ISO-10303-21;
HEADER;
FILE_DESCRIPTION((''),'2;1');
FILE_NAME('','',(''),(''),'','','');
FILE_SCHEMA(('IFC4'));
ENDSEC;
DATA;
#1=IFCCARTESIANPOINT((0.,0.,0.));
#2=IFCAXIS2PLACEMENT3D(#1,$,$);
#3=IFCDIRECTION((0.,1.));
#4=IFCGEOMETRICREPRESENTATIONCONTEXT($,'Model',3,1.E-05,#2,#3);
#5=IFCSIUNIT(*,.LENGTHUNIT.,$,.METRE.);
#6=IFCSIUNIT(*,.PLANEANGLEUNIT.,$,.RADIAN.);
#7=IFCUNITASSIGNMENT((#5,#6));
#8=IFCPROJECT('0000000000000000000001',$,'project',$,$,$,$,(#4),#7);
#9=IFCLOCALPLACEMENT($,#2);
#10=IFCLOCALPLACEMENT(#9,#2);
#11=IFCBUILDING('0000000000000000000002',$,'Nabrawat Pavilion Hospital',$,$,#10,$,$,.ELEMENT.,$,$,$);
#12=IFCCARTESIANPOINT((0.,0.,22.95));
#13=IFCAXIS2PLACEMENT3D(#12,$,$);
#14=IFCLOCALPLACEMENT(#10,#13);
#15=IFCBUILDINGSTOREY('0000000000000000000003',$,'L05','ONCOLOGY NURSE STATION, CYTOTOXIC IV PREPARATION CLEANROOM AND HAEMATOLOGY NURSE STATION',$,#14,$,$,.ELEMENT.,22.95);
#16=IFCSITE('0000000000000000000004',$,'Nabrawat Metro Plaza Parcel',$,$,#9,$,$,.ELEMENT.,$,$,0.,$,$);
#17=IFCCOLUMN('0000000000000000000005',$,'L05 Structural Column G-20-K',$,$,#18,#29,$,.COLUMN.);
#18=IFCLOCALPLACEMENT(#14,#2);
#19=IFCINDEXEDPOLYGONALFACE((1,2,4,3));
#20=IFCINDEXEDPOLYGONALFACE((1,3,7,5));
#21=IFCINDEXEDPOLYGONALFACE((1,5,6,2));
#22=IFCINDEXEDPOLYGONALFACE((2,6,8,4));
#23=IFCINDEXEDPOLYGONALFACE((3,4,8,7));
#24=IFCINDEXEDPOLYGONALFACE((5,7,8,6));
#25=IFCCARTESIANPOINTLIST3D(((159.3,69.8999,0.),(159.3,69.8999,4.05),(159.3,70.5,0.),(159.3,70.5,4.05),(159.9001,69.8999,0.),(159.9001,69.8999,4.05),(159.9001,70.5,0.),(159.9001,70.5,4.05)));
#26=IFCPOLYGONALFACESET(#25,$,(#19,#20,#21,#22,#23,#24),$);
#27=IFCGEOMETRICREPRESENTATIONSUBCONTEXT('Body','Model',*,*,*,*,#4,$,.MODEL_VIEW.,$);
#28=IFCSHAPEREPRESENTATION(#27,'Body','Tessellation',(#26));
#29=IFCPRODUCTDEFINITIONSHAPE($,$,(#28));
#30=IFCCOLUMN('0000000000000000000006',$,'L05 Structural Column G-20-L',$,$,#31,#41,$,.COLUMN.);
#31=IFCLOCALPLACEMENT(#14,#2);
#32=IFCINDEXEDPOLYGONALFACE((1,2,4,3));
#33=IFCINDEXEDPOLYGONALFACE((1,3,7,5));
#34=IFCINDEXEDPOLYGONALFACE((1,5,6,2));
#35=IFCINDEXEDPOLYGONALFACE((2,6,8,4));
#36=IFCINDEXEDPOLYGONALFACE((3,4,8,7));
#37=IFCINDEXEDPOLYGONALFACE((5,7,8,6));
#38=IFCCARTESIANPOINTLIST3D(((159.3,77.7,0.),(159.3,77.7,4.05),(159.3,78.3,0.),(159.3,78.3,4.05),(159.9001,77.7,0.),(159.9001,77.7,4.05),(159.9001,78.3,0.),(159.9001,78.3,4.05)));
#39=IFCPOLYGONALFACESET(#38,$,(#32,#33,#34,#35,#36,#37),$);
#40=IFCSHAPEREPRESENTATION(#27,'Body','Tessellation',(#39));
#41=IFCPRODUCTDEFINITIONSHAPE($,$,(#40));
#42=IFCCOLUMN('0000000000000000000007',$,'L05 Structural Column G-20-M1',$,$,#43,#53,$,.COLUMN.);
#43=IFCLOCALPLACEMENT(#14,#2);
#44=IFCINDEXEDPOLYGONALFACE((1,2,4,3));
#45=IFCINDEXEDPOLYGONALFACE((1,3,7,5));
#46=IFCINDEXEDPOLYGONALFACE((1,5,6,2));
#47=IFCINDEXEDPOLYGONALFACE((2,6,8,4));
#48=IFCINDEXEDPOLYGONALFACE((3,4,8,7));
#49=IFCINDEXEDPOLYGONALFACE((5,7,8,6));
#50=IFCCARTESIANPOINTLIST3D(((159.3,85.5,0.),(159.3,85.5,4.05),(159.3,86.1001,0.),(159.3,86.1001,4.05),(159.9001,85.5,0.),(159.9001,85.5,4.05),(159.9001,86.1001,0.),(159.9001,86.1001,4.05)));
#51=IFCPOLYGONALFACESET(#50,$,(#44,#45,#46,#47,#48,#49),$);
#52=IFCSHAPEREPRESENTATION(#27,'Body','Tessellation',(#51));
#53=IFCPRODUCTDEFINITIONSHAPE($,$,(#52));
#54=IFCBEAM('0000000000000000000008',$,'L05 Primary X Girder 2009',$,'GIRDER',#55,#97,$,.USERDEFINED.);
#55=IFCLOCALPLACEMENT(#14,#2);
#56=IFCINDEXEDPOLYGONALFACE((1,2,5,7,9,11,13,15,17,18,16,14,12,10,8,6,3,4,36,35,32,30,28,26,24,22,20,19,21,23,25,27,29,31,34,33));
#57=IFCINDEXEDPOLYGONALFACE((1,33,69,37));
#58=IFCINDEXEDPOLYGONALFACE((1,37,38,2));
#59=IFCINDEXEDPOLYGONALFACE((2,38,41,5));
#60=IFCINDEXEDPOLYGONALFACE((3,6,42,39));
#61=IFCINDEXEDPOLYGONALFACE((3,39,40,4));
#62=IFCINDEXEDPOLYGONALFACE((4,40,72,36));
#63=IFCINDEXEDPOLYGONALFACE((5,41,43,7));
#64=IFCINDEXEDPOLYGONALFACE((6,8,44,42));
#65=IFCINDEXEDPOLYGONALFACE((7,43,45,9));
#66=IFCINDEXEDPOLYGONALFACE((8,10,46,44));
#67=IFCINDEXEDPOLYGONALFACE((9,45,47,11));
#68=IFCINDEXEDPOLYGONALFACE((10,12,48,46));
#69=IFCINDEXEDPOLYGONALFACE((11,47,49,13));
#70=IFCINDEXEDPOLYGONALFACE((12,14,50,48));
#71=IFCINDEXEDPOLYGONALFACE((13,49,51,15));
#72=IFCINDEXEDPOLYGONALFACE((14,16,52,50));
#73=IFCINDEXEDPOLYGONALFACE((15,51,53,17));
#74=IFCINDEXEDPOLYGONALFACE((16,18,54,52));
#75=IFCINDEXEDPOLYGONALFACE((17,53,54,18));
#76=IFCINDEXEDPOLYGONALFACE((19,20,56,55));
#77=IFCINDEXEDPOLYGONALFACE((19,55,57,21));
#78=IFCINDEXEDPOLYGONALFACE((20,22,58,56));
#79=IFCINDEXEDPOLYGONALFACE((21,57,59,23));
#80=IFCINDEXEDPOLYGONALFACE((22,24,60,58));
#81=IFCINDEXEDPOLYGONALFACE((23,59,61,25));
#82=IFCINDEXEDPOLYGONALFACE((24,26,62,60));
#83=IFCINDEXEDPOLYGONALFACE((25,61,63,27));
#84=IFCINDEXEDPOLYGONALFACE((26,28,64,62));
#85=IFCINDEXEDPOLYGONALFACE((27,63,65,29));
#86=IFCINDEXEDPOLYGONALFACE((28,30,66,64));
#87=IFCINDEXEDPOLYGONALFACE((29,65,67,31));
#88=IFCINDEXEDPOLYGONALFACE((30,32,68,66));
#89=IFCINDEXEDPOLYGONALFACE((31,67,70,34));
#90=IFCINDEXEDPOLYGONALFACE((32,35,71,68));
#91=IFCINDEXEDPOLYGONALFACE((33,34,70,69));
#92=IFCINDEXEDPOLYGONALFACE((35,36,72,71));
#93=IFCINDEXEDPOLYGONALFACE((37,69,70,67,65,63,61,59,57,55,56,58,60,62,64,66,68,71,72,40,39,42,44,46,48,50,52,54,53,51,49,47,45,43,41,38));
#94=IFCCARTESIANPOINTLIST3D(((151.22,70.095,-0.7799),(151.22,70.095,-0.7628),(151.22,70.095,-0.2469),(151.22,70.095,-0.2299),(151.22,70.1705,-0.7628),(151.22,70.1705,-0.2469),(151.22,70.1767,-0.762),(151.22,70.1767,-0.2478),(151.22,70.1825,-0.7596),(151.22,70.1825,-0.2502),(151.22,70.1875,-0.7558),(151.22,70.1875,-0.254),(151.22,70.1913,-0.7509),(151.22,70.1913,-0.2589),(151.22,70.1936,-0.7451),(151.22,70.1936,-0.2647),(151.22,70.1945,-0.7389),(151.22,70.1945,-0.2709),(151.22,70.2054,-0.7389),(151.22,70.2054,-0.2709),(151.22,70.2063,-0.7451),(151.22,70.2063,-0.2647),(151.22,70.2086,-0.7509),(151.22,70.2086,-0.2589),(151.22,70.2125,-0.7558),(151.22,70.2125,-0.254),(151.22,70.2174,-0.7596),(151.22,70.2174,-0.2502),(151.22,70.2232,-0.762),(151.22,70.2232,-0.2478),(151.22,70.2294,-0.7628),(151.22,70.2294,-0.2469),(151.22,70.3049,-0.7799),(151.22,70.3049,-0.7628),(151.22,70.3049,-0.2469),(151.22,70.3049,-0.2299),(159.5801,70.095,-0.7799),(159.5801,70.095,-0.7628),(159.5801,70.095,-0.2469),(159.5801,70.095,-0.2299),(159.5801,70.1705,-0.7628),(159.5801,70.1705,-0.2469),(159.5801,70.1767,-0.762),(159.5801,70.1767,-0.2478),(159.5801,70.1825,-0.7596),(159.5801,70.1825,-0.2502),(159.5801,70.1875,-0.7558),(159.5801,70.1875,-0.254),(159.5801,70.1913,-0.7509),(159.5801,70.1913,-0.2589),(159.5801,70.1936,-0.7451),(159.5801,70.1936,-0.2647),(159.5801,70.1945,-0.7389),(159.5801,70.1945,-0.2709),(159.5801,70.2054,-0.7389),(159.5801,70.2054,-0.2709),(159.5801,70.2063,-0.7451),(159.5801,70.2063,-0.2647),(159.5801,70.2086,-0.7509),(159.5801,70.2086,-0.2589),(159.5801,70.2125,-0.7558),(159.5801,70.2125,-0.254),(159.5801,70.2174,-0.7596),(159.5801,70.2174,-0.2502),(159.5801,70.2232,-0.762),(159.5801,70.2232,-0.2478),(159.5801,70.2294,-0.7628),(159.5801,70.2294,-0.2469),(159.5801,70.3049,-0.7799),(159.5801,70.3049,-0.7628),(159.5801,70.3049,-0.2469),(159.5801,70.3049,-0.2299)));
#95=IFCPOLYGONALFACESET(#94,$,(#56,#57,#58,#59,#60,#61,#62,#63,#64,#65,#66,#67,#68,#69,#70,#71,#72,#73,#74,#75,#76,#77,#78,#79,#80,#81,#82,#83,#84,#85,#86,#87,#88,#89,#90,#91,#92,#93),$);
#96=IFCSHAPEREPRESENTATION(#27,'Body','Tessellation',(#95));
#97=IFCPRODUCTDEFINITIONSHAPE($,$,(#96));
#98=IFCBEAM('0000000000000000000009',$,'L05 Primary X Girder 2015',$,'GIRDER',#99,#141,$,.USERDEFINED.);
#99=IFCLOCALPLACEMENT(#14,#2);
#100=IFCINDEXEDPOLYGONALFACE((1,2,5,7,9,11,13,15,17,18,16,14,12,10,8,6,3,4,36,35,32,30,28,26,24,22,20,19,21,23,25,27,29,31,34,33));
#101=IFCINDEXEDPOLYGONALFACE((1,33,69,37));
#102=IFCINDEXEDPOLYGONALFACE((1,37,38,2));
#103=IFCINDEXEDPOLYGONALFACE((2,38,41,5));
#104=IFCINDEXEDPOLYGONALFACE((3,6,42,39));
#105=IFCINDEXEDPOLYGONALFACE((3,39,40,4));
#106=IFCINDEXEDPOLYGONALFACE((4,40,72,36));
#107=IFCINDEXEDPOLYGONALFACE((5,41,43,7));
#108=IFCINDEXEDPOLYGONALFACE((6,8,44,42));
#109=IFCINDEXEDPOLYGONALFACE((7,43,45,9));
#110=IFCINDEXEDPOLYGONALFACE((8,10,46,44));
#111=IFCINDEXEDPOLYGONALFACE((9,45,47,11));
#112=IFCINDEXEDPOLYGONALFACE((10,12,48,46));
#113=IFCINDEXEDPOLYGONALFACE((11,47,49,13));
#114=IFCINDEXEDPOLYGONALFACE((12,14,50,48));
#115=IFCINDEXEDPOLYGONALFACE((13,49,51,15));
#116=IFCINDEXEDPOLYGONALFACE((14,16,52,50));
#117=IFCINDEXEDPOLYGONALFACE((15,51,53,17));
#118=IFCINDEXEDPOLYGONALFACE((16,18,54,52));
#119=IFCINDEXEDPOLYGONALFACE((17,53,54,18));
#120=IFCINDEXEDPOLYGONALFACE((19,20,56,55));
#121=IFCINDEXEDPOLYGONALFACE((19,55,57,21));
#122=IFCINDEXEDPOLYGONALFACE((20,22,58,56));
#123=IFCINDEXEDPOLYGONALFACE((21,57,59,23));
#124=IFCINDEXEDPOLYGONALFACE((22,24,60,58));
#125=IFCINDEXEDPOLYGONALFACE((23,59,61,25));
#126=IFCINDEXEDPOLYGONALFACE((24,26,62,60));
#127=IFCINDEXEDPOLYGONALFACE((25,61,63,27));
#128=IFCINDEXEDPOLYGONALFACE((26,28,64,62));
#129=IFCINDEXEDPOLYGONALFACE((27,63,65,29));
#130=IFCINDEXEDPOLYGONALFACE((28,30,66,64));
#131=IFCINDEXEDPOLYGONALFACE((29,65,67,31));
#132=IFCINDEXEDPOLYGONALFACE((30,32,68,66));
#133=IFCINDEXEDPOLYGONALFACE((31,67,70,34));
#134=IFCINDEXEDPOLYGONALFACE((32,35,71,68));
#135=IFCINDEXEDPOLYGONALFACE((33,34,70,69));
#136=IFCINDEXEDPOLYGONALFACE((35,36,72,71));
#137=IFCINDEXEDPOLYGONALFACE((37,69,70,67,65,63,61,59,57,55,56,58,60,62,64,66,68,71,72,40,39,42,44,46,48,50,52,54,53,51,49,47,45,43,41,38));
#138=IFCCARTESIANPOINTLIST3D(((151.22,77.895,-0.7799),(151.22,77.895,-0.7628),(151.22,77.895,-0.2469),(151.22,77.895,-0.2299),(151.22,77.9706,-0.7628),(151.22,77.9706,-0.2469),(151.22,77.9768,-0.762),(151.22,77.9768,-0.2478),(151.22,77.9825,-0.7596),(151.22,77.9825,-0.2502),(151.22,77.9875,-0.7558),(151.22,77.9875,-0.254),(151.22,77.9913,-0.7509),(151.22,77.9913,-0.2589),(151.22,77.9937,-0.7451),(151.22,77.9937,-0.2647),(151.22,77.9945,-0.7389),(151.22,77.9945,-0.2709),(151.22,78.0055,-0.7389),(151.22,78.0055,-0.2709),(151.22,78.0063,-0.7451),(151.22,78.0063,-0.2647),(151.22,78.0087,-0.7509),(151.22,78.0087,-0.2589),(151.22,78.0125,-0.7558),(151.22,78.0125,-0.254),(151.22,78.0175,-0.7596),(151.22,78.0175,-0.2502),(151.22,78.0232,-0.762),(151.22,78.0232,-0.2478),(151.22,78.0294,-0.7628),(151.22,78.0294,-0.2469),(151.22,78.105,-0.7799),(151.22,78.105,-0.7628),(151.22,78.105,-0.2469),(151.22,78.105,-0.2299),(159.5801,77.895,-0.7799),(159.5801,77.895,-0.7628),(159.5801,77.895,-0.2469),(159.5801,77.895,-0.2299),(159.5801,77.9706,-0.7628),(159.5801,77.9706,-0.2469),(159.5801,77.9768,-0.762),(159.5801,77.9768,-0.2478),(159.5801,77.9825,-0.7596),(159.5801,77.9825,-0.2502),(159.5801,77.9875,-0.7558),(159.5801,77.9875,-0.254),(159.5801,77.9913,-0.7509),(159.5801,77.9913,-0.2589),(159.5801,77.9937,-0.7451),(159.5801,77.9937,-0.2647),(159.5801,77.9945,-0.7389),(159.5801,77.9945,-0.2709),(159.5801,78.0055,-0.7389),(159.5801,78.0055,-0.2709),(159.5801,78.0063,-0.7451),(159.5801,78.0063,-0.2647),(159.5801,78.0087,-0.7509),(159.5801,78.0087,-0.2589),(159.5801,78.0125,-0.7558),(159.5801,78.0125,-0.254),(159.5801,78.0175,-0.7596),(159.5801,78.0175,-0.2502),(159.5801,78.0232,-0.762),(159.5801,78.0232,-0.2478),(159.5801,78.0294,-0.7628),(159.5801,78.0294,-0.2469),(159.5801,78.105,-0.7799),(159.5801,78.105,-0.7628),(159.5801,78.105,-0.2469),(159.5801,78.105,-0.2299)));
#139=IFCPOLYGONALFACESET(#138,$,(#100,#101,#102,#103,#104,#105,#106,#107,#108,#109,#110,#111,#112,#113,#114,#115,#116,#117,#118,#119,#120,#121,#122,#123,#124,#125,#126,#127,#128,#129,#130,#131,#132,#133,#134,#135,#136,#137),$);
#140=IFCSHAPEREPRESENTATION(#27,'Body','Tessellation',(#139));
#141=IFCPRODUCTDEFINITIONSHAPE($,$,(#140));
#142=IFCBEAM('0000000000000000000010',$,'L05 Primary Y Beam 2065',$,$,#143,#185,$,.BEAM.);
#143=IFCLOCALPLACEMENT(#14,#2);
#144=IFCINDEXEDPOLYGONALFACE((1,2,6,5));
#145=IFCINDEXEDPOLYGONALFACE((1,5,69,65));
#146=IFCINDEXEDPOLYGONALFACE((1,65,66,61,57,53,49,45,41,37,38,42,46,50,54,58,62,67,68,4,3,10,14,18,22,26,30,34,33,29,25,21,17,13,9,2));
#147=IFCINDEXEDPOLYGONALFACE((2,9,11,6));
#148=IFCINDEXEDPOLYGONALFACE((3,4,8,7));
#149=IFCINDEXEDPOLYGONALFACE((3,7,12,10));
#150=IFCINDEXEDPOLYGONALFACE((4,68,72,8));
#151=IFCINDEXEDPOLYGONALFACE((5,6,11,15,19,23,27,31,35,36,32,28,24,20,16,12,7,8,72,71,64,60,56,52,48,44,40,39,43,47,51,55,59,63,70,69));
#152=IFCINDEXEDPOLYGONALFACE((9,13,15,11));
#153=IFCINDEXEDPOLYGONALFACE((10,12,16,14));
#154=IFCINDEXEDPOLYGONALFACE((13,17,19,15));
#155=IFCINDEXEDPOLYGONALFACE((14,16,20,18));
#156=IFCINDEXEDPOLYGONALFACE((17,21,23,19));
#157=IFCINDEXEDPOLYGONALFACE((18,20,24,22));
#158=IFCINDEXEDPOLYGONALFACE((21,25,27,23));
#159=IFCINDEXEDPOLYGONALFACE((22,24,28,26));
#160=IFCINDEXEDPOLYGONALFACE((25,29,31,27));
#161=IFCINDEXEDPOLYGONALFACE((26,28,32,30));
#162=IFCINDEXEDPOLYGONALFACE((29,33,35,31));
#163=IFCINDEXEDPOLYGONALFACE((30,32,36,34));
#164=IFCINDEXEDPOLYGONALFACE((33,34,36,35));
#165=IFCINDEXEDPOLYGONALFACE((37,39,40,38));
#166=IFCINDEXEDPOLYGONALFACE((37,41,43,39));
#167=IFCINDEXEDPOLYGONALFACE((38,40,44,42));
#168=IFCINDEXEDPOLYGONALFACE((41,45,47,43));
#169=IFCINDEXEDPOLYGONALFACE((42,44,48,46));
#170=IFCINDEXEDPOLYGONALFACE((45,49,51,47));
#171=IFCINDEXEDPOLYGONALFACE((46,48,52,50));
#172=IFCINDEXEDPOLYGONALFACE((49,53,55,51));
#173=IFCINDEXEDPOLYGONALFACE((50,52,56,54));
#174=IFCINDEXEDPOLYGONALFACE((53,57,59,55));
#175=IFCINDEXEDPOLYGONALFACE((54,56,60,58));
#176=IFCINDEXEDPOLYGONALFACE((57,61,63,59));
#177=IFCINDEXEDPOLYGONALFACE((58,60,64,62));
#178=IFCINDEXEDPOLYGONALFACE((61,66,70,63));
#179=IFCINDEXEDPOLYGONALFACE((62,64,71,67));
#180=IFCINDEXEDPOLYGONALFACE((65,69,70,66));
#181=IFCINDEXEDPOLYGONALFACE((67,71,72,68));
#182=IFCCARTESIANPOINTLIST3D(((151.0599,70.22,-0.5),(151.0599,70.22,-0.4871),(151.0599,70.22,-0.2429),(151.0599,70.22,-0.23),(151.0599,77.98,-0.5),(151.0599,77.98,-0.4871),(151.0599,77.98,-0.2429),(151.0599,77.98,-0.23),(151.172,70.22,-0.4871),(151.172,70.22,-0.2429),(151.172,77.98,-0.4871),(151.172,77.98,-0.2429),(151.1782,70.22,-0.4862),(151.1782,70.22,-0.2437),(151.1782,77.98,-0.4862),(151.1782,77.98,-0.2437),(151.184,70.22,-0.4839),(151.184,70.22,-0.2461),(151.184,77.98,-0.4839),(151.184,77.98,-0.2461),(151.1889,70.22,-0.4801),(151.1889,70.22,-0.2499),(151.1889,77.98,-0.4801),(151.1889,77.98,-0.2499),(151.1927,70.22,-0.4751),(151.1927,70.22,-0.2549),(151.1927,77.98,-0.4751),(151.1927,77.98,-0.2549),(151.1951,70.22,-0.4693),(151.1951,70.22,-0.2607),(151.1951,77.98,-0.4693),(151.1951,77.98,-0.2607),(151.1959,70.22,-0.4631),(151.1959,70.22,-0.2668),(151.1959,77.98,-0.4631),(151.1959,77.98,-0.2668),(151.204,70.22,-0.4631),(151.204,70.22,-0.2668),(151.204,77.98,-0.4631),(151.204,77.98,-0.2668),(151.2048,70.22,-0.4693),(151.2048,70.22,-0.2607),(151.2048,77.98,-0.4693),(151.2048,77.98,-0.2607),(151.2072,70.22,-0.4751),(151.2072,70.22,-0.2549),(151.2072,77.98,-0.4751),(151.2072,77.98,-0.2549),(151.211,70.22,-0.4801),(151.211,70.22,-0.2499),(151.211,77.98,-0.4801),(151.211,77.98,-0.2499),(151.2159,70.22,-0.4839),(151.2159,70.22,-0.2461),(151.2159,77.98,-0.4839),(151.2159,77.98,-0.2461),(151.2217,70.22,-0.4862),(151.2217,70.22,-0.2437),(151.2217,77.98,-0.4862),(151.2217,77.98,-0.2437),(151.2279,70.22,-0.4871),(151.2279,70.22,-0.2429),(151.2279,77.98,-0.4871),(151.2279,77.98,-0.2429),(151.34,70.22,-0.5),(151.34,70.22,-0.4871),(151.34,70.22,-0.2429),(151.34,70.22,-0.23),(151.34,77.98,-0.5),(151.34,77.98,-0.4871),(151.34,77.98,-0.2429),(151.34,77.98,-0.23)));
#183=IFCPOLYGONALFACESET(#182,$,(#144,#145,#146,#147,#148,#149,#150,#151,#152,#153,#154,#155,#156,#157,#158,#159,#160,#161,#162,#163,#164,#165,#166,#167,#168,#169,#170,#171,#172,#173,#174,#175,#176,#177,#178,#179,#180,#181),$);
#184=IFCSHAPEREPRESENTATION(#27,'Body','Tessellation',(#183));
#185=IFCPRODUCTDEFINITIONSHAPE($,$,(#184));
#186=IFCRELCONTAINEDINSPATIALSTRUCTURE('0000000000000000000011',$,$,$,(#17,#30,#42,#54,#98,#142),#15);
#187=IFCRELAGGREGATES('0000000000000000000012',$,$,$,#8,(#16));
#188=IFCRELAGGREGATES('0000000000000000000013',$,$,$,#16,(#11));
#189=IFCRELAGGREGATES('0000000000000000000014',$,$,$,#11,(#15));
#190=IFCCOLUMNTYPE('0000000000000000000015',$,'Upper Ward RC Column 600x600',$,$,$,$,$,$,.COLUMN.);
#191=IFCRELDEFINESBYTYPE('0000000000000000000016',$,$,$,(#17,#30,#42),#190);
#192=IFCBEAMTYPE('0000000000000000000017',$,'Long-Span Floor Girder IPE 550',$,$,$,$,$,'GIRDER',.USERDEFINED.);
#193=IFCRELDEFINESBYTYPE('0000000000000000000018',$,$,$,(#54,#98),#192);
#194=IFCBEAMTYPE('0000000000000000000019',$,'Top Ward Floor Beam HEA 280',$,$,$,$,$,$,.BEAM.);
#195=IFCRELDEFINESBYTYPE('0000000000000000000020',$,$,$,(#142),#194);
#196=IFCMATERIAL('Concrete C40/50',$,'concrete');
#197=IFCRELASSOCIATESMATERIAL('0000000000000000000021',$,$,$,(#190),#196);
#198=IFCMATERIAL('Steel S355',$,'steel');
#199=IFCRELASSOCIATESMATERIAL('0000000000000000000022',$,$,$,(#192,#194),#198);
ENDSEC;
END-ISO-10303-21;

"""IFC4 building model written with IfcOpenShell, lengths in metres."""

from ifc_helpers import new_model, si_unit, direction, frame, origin, origin_2d, place, context, subcontext, project, spatial, rectangle, i_section, extrude, material, material_profile, profile_set, type_object, element, save


model = new_model("IFC4")

# Units and contexts
model_context = context("Model", 3, precision=1e-05, world=origin(), true_north=direction((0.0, 1.0)))
body_context = subcontext(model_context, "Body", "Model", "MODEL_VIEW")
ifc_project = project(units=[si_unit("LENGTHUNIT", "METRE"), si_unit("PLANEANGLEUNIT", "RADIAN")], contexts=[model_context])

# Site, building, storey
site_placement = place(None, origin())
site = spatial("IfcSite", under=ifc_project, at=site_placement, Name="Nabrawat Metro Plaza Parcel", CompositionType="ELEMENT", RefElevation=0.0)
building_placement = place(site_placement, origin())
building = spatial("IfcBuilding", under=site, at=building_placement, Name="Nabrawat Pavilion Hospital", CompositionType="ELEMENT")
storey_placement = place(building_placement, frame((0.0, 0.0, 22.95)))
storey = spatial("IfcBuildingStorey", under=building, at=storey_placement, Name="L05", Description="ONCOLOGY NURSE STATION, CYTOTOXIC IV PREPARATION CLEANROOM AND HAEMATOLOGY NURSE STATION", CompositionType="ELEMENT", Elevation=22.95)

# Columns
ifc_material_1 = material(Name="Concrete C40/50", Category="concrete")
ifc_material_profile_1 = material_profile(ifc_material_1, rectangle(XDim=0.6001, YDim=0.6001, at=origin_2d()), Name="RC 600x600")
ifc_profile_set_1 = profile_set([ifc_material_profile_1], Name="Concrete C40/50")
column_type = type_object("IfcColumnType", Name="Upper Ward RC Column 600x600", PredefinedType="COLUMN", material=ifc_profile_set_1)
for number, where, z_axis, x_axis, name in (
    (1, (159.6001, 70.2, 0.0), (0.0, 0.0, 1.0), (1.0, 0.0, 0.0), "L05 Structural Column G-20-K"),
    (2, (159.6001, 78.0, 0.0), (0.0, 0.0, 1.0), (1.0, 0.0, 0.0), "L05 Structural Column G-20-L"),
    (3, (159.6001, 85.8, 0.0), (0.0, 0.0, 1.0), (1.0, 0.0, 0.0), "L05 Structural Column G-20-M1"),
):
    element("IfcColumn", number, at=place(storey_placement, frame(where, z_axis=z_axis, x_axis=x_axis)), inside=storey, type_object=column_type, Name=name, PredefinedType="COLUMN", context=body_context, shape_type="SweptSolid", body=[
        extrude(rectangle(XDim=0.6001, YDim=0.6001, at=origin_2d()), origin(), (0.0, 0.0, 1.0), 4.05),
    ])

# Beams
ifc_material_2 = material(Name="Steel S355", Category="steel")
ifc_material_profile_2 = material_profile(ifc_material_2, i_section(OverallWidth=0.21, OverallDepth=0.55, WebThickness=0.011, FlangeThickness=0.0171, FilletRadius=0.0239, at=origin_2d()), Name="IPE 550")
ifc_profile_set_2 = profile_set([ifc_material_profile_2], Name="Steel S355")
beam_type_1 = type_object("IfcBeamType", Name="Long-Span Floor Girder IPE 550", ElementType="GIRDER", PredefinedType="USERDEFINED", material=ifc_profile_set_2)
for number, where, z_axis, x_axis, name in (
    (4, (151.22, 70.2, -0.5049), (1.0, 0.0, 0.0), (0.0, 1.0, 0.0), "L05 Primary X Girder 2009"),
    (5, (151.22, 78.0, -0.5049), (1.0, 0.0, 0.0), (0.0, 1.0, 0.0), "L05 Primary X Girder 2015"),
):
    element("IfcBeam", number, at=place(storey_placement, frame(where, z_axis=z_axis, x_axis=x_axis)), inside=storey, type_object=beam_type_1, Name=name, ObjectType="GIRDER", PredefinedType="USERDEFINED", context=body_context, shape_type="SweptSolid", body=[
        extrude(i_section(OverallWidth=0.21, OverallDepth=0.55, WebThickness=0.011, FlangeThickness=0.0171, FilletRadius=0.0239, at=origin_2d()), origin(), (0.0, 0.0, 1.0), 8.3601),
    ])
ifc_material_profile_3 = material_profile(ifc_material_2, i_section(OverallWidth=0.28, OverallDepth=0.27, WebThickness=0.0081, FlangeThickness=0.0129, FilletRadius=0.0239, at=origin_2d()), Name="HEA 280")
ifc_profile_set_3 = profile_set([ifc_material_profile_3], Name="Steel S355")
beam_type_2 = type_object("IfcBeamType", Name="Top Ward Floor Beam HEA 280", PredefinedType="BEAM", material=ifc_profile_set_3)
for number, where, z_axis, x_axis, name in (
    (6, (151.2, 70.22, -0.365), (0.0, 1.0, 0.0), (-1.0, 0.0, 0.0), "L05 Primary Y Beam 2065"),
):
    element("IfcBeam", number, at=place(storey_placement, frame(where, z_axis=z_axis, x_axis=x_axis)), inside=storey, type_object=beam_type_2, Name=name, PredefinedType="BEAM", context=body_context, shape_type="SweptSolid", body=[
        extrude(i_section(OverallWidth=0.28, OverallDepth=0.27, WebThickness=0.0081, FlangeThickness=0.0129, FilletRadius=0.0239, at=origin_2d()), origin(), (0.0, 0.0, 1.0), 7.76),
    ])

save(model, "model.ifc")
